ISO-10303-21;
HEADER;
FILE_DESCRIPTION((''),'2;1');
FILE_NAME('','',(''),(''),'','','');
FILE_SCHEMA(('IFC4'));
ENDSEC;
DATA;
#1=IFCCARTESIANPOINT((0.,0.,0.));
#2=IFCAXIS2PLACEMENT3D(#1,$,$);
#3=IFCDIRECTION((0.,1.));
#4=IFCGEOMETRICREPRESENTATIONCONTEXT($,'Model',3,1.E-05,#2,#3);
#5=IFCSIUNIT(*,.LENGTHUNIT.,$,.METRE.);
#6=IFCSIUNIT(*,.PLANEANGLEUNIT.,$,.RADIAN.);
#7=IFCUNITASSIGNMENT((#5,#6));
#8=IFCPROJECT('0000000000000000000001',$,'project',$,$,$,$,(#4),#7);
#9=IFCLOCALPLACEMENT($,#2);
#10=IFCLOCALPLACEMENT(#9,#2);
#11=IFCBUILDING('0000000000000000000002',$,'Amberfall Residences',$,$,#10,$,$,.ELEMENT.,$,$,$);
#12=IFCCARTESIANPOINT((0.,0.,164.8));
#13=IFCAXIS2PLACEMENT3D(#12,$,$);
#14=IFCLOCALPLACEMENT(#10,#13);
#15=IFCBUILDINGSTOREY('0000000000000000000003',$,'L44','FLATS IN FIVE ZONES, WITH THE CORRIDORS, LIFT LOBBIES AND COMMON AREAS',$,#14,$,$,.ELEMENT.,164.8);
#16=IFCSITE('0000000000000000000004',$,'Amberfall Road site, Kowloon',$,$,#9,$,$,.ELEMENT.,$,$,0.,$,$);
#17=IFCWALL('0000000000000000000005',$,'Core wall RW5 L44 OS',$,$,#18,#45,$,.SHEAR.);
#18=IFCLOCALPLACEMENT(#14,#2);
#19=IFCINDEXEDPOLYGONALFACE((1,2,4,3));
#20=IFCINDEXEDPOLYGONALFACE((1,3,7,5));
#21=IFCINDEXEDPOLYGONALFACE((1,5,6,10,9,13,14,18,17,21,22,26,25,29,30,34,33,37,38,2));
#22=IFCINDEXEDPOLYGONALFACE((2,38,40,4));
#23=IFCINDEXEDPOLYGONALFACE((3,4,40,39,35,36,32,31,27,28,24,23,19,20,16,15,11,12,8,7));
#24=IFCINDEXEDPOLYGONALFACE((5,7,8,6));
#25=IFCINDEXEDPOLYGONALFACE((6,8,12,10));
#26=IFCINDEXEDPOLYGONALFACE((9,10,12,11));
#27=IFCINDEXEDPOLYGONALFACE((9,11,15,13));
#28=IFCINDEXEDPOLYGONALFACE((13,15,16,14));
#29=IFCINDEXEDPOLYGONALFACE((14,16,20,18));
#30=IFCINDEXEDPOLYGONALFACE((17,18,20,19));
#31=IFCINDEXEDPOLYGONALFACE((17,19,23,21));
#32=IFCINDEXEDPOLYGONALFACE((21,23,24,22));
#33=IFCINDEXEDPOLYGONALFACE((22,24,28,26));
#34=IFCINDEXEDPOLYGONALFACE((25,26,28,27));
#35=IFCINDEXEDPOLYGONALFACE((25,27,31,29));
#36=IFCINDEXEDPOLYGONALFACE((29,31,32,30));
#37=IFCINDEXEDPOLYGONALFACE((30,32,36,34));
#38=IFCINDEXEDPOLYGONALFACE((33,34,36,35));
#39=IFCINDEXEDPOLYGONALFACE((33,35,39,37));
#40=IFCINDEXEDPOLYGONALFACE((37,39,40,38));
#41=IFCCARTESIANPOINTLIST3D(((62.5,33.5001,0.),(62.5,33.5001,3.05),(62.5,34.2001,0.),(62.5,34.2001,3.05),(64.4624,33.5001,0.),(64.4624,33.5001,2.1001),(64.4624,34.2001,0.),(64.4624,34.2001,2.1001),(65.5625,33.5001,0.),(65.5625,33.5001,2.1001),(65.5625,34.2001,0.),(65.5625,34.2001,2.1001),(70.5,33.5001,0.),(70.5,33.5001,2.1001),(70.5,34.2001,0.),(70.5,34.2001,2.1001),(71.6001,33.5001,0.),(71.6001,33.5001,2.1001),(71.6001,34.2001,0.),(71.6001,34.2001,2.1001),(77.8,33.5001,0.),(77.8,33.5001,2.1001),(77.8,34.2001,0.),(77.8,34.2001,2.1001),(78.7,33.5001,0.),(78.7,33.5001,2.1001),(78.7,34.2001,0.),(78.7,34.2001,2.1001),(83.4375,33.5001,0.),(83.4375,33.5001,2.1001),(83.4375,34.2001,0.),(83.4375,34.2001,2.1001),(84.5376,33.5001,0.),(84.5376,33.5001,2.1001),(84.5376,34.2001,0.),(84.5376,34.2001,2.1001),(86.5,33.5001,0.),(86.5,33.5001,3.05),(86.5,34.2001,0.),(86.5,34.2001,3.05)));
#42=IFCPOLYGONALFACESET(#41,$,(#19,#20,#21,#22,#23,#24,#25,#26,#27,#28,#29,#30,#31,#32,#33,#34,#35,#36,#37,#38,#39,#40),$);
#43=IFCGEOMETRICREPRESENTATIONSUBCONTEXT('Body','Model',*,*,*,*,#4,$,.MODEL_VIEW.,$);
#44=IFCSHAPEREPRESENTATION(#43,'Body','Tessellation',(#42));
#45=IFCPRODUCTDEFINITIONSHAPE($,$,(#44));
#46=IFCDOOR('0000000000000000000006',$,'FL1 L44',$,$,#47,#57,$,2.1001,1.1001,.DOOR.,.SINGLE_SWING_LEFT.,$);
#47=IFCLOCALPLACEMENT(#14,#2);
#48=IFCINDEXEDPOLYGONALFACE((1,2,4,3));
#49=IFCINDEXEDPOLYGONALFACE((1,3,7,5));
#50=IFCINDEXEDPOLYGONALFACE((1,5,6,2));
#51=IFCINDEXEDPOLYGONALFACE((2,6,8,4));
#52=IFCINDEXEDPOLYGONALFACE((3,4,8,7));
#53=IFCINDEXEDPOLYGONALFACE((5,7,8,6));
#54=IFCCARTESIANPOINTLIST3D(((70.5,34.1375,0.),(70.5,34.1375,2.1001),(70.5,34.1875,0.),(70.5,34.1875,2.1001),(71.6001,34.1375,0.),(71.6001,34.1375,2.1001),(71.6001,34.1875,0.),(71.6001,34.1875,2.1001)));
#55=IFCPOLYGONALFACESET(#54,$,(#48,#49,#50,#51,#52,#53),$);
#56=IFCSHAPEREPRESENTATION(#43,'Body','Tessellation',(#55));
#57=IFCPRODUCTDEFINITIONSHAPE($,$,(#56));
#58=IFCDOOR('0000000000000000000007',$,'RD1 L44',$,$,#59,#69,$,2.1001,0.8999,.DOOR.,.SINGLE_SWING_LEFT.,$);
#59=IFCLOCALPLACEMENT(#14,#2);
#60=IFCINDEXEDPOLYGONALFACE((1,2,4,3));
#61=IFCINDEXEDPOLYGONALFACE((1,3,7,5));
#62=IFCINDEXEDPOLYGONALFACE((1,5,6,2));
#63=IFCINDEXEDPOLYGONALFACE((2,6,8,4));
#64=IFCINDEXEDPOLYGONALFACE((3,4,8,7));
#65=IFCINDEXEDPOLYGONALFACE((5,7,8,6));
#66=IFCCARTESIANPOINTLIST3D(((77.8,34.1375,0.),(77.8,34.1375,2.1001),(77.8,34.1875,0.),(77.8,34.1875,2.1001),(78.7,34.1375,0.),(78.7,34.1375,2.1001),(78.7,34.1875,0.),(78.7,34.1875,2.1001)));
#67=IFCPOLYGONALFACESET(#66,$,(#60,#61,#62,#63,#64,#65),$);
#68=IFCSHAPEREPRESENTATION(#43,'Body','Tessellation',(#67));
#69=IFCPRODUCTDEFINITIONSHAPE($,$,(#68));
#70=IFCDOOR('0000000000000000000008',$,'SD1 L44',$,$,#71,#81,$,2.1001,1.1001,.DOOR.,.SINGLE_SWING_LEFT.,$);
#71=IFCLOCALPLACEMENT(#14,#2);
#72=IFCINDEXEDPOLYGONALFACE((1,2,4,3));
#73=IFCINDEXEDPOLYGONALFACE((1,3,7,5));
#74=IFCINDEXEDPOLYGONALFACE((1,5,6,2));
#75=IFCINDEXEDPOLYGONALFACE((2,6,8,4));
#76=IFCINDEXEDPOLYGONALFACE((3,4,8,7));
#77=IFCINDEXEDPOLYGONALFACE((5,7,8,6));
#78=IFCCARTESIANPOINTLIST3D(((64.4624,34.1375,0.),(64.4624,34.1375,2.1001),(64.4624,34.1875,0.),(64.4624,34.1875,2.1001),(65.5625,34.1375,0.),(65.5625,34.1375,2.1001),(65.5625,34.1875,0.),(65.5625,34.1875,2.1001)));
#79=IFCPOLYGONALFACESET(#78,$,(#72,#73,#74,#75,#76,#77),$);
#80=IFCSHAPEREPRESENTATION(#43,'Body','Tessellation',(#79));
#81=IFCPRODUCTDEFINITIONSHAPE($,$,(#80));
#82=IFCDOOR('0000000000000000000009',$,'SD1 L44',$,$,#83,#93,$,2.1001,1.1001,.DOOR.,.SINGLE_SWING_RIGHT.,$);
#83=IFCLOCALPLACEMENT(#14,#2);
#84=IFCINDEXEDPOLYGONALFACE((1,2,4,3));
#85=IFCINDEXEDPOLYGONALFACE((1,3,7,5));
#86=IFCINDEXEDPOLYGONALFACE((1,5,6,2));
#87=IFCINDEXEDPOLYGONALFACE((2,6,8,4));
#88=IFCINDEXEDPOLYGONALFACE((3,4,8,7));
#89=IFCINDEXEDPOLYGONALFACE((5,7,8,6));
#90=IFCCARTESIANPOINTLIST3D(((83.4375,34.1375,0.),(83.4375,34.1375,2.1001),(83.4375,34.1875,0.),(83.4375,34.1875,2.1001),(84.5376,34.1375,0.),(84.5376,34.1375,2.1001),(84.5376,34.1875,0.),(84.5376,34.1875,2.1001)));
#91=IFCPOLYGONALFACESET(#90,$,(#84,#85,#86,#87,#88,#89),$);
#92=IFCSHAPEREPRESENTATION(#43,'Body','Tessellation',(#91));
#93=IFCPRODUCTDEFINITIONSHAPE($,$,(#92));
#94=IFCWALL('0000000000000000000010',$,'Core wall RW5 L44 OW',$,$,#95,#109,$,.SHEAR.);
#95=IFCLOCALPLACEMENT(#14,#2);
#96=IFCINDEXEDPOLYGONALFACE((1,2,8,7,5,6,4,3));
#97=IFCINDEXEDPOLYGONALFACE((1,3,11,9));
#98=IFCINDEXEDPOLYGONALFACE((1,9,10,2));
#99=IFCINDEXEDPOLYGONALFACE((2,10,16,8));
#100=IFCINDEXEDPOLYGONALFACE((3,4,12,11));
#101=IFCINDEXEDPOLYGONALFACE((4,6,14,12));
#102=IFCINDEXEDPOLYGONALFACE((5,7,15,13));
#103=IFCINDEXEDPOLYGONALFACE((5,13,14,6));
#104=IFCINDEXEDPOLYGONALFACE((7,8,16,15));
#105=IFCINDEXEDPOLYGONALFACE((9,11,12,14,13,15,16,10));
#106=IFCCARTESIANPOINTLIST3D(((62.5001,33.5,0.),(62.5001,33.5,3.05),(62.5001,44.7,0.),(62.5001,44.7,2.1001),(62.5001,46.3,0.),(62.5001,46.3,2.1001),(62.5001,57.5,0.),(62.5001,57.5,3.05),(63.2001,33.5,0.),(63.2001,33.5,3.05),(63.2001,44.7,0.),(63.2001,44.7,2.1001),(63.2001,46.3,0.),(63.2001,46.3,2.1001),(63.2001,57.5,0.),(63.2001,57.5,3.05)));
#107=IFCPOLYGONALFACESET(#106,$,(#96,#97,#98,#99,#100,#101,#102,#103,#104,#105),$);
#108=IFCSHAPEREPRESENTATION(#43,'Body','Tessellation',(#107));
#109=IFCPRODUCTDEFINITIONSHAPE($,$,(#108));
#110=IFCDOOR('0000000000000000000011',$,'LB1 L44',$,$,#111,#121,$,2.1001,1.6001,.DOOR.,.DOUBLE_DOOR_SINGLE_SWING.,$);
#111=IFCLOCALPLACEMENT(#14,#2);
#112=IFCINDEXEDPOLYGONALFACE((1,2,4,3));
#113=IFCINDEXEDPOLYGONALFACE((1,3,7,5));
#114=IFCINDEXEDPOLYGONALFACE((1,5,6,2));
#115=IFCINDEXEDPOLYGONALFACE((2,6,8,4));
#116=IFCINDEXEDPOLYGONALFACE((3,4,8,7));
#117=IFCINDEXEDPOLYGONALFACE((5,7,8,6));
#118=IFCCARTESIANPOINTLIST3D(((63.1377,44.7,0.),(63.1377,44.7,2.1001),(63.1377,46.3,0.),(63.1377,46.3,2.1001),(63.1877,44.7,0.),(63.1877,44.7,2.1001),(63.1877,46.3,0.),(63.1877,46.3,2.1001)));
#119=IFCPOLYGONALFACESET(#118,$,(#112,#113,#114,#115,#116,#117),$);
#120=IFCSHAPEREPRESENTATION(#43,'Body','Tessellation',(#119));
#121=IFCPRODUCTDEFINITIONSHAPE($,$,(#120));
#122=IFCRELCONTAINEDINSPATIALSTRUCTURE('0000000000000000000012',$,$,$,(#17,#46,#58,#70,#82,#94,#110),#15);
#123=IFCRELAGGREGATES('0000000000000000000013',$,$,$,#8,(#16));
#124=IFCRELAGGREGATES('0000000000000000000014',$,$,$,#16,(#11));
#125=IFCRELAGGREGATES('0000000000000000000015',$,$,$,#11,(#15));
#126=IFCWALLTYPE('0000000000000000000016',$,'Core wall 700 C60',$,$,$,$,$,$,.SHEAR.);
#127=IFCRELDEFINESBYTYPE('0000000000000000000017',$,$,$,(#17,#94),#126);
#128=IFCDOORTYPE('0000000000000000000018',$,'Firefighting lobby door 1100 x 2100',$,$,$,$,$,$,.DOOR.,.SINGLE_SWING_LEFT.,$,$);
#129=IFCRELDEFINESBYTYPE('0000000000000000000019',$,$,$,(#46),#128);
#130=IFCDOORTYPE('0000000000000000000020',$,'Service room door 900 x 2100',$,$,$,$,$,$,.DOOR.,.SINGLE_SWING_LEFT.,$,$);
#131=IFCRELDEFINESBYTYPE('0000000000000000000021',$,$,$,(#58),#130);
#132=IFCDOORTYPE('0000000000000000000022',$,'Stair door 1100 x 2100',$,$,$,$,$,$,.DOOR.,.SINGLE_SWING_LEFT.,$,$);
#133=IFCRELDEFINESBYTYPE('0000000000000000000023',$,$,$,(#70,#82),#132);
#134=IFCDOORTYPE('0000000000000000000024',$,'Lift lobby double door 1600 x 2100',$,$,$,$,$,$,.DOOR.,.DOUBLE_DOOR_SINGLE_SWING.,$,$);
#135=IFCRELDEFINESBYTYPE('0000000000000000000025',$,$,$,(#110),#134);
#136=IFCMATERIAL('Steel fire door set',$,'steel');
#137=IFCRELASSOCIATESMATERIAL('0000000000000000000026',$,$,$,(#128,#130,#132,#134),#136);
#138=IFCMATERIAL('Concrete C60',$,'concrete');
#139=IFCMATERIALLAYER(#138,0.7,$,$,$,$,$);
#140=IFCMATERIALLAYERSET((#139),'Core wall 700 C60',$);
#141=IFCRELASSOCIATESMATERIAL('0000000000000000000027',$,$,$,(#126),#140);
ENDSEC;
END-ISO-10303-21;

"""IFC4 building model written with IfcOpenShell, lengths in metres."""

from ifc_helpers import new_model, si_unit, direction, frame, frame_2d, origin, place, context, subcontext, project, spatial, rectangle, extrude, material, layer, layer_set, type_object, element, fill, save


model = new_model("IFC4")

# Units and contexts
model_context = context("Model", 3, precision=1e-05, world=origin(), true_north=direction((0.0, 1.0)))
body_context = subcontext(model_context, "Body", "Model", "MODEL_VIEW")
ifc_project = project(units=[si_unit("LENGTHUNIT", "METRE"), si_unit("PLANEANGLEUNIT", "RADIAN")], contexts=[model_context])

# Site, building, storey
site_placement = place(None, origin())
site = spatial("IfcSite", under=ifc_project, at=site_placement, Name="Amberfall Road site, Kowloon", CompositionType="ELEMENT", RefElevation=0.0)
building_placement = place(site_placement, origin())
building = spatial("IfcBuilding", under=site, at=building_placement, Name="Amberfall Residences", CompositionType="ELEMENT")
storey_placement = place(building_placement, frame((0.0, 0.0, 164.8)))
storey = spatial("IfcBuildingStorey", under=building, at=storey_placement, Name="L44", Description="FLATS IN FIVE ZONES, WITH THE CORRIDORS, LIFT LOBBIES AND COMMON AREAS", CompositionType="ELEMENT", Elevation=164.8)

# Shared definitions
ifc_material_1 = material(Name="Concrete C60", Category="concrete")

# Shared definitions
ifc_material_2 = material(Name="Steel fire door set", Category="steel")
door_type_1 = type_object("IfcDoorType", Name="Firefighting lobby door 1100 x 2100", OperationType="SINGLE_SWING_LEFT", PredefinedType="DOOR", material=ifc_material_2)

# Wall, openings, doors
ifc_layer_1 = layer(ifc_material_1, 0.7)
ifc_layer_set_1 = layer_set([ifc_layer_1], Name="Core wall 700 C60")
wall_type_1 = type_object("IfcWallType", Name="Core wall 700 C60", PredefinedType="SHEAR", material=ifc_layer_set_1)
wall_1_placement = place(storey_placement, frame((62.5, 33.8501, 0.0), z_axis=(0.0, 0.0, 1.0), x_axis=(1.0, 0.0, 0.0)))
wall_1 = element("IfcWall", 1, at=wall_1_placement, inside=storey, type_object=wall_type_1, Name="Core wall RW5 L44 OS", PredefinedType="SHEAR", context=body_context, shape_type="SweptSolid", body=[
    extrude(rectangle(XDim=24.0, YDim=0.7, at=frame_2d((12.0, 0.0))), origin(), (0.0, 0.0, 1.0), 3.05),
])
opening_1_placement = place(wall_1_placement, frame((1.9624, 0.0, 0.0)))
opening_1 = element("IfcOpeningElement", 2, at=opening_1_placement, cuts=wall_1, PredefinedType="OPENING", context=body_context, shape_type="SweptSolid", body=[
    extrude(rectangle(XDim=1.1001, YDim=2.1001, at=frame_2d((0.55, 1.05))), frame((0.0, 0.3599, 0.0), z_axis=(0.0, -1.0, 0.0), x_axis=(1.0, 0.0, 0.0)), (0.0, 0.0, 1.0), 0.72),
])
opening_2_placement = place(wall_1_placement, frame((20.9375, 0.0, 0.0)))
opening_2 = element("IfcOpeningElement", 3, at=opening_2_placement, cuts=wall_1, PredefinedType="OPENING", context=body_context, shape_type="SweptSolid", body=[
    extrude(rectangle(XDim=1.1001, YDim=2.1001, at=frame_2d((0.55, 1.05))), frame((0.0, 0.3599, 0.0), z_axis=(0.0, -1.0, 0.0), x_axis=(1.0, 0.0, 0.0)), (0.0, 0.0, 1.0), 0.72),
])
opening_3_placement = place(wall_1_placement, frame((8.0, 0.0, 0.0)))
opening_3 = element("IfcOpeningElement", 4, at=opening_3_placement, cuts=wall_1, PredefinedType="OPENING", context=body_context, shape_type="SweptSolid", body=[
    extrude(rectangle(XDim=1.1001, YDim=2.1001, at=frame_2d((0.55, 1.05))), frame((0.0, 0.3599, 0.0), z_axis=(0.0, -1.0, 0.0), x_axis=(1.0, 0.0, 0.0)), (0.0, 0.0, 1.0), 0.72),
])
opening_4_placement = place(wall_1_placement, frame((15.3, 0.0, 0.0)))
opening_4 = element("IfcOpeningElement", 5, at=opening_4_placement, cuts=wall_1, PredefinedType="OPENING", context=body_context, shape_type="SweptSolid", body=[
    extrude(rectangle(XDim=0.8999, YDim=2.1001, at=frame_2d((0.45, 1.05))), frame((0.0, 0.3599, 0.0), z_axis=(0.0, -1.0, 0.0), x_axis=(1.0, 0.0, 0.0)), (0.0, 0.0, 1.0), 0.72),
])
door_1_placement = place(opening_3_placement, origin())
door_1 = element("IfcDoor", 6, at=door_1_placement, inside=storey, type_object=door_type_1, Name="FL1 L44", OperationType="SINGLE_SWING_LEFT", OverallHeight=2.1001, OverallWidth=1.1001, PredefinedType="DOOR", context=body_context, shape_type="SweptSolid", body=[
    extrude(rectangle(XDim=1.1001, YDim=2.1001, at=frame_2d((0.55, 1.05))), frame((0.0, 0.3374, 0.0), z_axis=(0.0, -1.0, 0.0), x_axis=(1.0, 0.0, 0.0)), (0.0, 0.0, 1.0), 0.05),
])
fill(opening_3, door_1)
door_type_2 = type_object("IfcDoorType", Name="Service room door 900 x 2100", OperationType="SINGLE_SWING_LEFT", PredefinedType="DOOR", material=ifc_material_2)
door_2_placement = place(opening_4_placement, origin())
door_2 = element("IfcDoor", 7, at=door_2_placement, inside=storey, type_object=door_type_2, Name="RD1 L44", OperationType="SINGLE_SWING_LEFT", OverallHeight=2.1001, OverallWidth=0.8999, PredefinedType="DOOR", context=body_context, shape_type="SweptSolid", body=[
    extrude(rectangle(XDim=0.8999, YDim=2.1001, at=frame_2d((0.45, 1.05))), frame((0.0, 0.3374, 0.0), z_axis=(0.0, -1.0, 0.0), x_axis=(1.0, 0.0, 0.0)), (0.0, 0.0, 1.0), 0.05),
])
fill(opening_4, door_2)
door_type_3 = type_object("IfcDoorType", Name="Stair door 1100 x 2100", OperationType="SINGLE_SWING_LEFT", PredefinedType="DOOR", material=ifc_material_2)
door_3_placement = place(opening_1_placement, origin())
door_3 = element("IfcDoor", 8, at=door_3_placement, inside=storey, type_object=door_type_3, Name="SD1 L44", OperationType="SINGLE_SWING_LEFT", OverallHeight=2.1001, OverallWidth=1.1001, PredefinedType="DOOR", context=body_context, shape_type="SweptSolid", body=[
    extrude(rectangle(XDim=1.1001, YDim=2.1001, at=frame_2d((0.55, 1.05))), frame((0.0, 0.3374, 0.0), z_axis=(0.0, -1.0, 0.0), x_axis=(1.0, 0.0, 0.0)), (0.0, 0.0, 1.0), 0.05),
])
fill(opening_1, door_3)
door_4_placement = place(opening_2_placement, origin())
door_4 = element("IfcDoor", 9, at=door_4_placement, inside=storey, type_object=door_type_3, Name="SD1 L44", OperationType="SINGLE_SWING_RIGHT", OverallHeight=2.1001, OverallWidth=1.1001, PredefinedType="DOOR", context=body_context, shape_type="SweptSolid", body=[
    extrude(rectangle(XDim=1.1001, YDim=2.1001, at=frame_2d((0.55, 1.05))), frame((0.0, 0.3374, 0.0), z_axis=(0.0, -1.0, 0.0), x_axis=(1.0, 0.0, 0.0)), (0.0, 0.0, 1.0), 0.05),
])
fill(opening_2, door_4)

# Wall, opening, door
wall_2_placement = place(storey_placement, frame((62.8501, 33.5, 0.0), z_axis=(0.0, 0.0, 1.0), x_axis=(0.0, 1.0, 0.0)))
wall_2 = element("IfcWall", 10, at=wall_2_placement, inside=storey, type_object=wall_type_1, Name="Core wall RW5 L44 OW", PredefinedType="SHEAR", context=body_context, shape_type="SweptSolid", body=[
    extrude(rectangle(XDim=24.0, YDim=0.7, at=frame_2d((12.0, 0.0))), origin(), (0.0, 0.0, 1.0), 3.05),
])
opening_5_placement = place(wall_2_placement, frame((11.2, 0.0, 0.0)))
opening_5 = element("IfcOpeningElement", 11, at=opening_5_placement, cuts=wall_2, PredefinedType="OPENING", context=body_context, shape_type="SweptSolid", body=[
    extrude(rectangle(XDim=1.6001, YDim=2.1001, at=frame_2d((0.8, 1.05))), frame((0.0, 0.3599, 0.0), z_axis=(0.0, -1.0, 0.0), x_axis=(1.0, 0.0, 0.0)), (0.0, 0.0, 1.0), 0.72),
])
door_type_4 = type_object("IfcDoorType", Name="Lift lobby double door 1600 x 2100", OperationType="DOUBLE_DOOR_SINGLE_SWING", PredefinedType="DOOR", material=ifc_material_2)
door_5_placement = place(opening_5_placement, origin())
door_5 = element("IfcDoor", 12, at=door_5_placement, inside=storey, type_object=door_type_4, Name="LB1 L44", OperationType="DOUBLE_DOOR_SINGLE_SWING", OverallHeight=2.1001, OverallWidth=1.6001, PredefinedType="DOOR", context=body_context, shape_type="SweptSolid", body=[
    extrude(rectangle(XDim=1.6001, YDim=2.1001, at=frame_2d((0.8, 1.05))), frame((0.0, -0.2876, 0.0), z_axis=(0.0, -1.0, 0.0), x_axis=(1.0, 0.0, 0.0)), (0.0, 0.0, 1.0), 0.05),
])
fill(opening_5, door_5)

save(model, "model.ifc")
